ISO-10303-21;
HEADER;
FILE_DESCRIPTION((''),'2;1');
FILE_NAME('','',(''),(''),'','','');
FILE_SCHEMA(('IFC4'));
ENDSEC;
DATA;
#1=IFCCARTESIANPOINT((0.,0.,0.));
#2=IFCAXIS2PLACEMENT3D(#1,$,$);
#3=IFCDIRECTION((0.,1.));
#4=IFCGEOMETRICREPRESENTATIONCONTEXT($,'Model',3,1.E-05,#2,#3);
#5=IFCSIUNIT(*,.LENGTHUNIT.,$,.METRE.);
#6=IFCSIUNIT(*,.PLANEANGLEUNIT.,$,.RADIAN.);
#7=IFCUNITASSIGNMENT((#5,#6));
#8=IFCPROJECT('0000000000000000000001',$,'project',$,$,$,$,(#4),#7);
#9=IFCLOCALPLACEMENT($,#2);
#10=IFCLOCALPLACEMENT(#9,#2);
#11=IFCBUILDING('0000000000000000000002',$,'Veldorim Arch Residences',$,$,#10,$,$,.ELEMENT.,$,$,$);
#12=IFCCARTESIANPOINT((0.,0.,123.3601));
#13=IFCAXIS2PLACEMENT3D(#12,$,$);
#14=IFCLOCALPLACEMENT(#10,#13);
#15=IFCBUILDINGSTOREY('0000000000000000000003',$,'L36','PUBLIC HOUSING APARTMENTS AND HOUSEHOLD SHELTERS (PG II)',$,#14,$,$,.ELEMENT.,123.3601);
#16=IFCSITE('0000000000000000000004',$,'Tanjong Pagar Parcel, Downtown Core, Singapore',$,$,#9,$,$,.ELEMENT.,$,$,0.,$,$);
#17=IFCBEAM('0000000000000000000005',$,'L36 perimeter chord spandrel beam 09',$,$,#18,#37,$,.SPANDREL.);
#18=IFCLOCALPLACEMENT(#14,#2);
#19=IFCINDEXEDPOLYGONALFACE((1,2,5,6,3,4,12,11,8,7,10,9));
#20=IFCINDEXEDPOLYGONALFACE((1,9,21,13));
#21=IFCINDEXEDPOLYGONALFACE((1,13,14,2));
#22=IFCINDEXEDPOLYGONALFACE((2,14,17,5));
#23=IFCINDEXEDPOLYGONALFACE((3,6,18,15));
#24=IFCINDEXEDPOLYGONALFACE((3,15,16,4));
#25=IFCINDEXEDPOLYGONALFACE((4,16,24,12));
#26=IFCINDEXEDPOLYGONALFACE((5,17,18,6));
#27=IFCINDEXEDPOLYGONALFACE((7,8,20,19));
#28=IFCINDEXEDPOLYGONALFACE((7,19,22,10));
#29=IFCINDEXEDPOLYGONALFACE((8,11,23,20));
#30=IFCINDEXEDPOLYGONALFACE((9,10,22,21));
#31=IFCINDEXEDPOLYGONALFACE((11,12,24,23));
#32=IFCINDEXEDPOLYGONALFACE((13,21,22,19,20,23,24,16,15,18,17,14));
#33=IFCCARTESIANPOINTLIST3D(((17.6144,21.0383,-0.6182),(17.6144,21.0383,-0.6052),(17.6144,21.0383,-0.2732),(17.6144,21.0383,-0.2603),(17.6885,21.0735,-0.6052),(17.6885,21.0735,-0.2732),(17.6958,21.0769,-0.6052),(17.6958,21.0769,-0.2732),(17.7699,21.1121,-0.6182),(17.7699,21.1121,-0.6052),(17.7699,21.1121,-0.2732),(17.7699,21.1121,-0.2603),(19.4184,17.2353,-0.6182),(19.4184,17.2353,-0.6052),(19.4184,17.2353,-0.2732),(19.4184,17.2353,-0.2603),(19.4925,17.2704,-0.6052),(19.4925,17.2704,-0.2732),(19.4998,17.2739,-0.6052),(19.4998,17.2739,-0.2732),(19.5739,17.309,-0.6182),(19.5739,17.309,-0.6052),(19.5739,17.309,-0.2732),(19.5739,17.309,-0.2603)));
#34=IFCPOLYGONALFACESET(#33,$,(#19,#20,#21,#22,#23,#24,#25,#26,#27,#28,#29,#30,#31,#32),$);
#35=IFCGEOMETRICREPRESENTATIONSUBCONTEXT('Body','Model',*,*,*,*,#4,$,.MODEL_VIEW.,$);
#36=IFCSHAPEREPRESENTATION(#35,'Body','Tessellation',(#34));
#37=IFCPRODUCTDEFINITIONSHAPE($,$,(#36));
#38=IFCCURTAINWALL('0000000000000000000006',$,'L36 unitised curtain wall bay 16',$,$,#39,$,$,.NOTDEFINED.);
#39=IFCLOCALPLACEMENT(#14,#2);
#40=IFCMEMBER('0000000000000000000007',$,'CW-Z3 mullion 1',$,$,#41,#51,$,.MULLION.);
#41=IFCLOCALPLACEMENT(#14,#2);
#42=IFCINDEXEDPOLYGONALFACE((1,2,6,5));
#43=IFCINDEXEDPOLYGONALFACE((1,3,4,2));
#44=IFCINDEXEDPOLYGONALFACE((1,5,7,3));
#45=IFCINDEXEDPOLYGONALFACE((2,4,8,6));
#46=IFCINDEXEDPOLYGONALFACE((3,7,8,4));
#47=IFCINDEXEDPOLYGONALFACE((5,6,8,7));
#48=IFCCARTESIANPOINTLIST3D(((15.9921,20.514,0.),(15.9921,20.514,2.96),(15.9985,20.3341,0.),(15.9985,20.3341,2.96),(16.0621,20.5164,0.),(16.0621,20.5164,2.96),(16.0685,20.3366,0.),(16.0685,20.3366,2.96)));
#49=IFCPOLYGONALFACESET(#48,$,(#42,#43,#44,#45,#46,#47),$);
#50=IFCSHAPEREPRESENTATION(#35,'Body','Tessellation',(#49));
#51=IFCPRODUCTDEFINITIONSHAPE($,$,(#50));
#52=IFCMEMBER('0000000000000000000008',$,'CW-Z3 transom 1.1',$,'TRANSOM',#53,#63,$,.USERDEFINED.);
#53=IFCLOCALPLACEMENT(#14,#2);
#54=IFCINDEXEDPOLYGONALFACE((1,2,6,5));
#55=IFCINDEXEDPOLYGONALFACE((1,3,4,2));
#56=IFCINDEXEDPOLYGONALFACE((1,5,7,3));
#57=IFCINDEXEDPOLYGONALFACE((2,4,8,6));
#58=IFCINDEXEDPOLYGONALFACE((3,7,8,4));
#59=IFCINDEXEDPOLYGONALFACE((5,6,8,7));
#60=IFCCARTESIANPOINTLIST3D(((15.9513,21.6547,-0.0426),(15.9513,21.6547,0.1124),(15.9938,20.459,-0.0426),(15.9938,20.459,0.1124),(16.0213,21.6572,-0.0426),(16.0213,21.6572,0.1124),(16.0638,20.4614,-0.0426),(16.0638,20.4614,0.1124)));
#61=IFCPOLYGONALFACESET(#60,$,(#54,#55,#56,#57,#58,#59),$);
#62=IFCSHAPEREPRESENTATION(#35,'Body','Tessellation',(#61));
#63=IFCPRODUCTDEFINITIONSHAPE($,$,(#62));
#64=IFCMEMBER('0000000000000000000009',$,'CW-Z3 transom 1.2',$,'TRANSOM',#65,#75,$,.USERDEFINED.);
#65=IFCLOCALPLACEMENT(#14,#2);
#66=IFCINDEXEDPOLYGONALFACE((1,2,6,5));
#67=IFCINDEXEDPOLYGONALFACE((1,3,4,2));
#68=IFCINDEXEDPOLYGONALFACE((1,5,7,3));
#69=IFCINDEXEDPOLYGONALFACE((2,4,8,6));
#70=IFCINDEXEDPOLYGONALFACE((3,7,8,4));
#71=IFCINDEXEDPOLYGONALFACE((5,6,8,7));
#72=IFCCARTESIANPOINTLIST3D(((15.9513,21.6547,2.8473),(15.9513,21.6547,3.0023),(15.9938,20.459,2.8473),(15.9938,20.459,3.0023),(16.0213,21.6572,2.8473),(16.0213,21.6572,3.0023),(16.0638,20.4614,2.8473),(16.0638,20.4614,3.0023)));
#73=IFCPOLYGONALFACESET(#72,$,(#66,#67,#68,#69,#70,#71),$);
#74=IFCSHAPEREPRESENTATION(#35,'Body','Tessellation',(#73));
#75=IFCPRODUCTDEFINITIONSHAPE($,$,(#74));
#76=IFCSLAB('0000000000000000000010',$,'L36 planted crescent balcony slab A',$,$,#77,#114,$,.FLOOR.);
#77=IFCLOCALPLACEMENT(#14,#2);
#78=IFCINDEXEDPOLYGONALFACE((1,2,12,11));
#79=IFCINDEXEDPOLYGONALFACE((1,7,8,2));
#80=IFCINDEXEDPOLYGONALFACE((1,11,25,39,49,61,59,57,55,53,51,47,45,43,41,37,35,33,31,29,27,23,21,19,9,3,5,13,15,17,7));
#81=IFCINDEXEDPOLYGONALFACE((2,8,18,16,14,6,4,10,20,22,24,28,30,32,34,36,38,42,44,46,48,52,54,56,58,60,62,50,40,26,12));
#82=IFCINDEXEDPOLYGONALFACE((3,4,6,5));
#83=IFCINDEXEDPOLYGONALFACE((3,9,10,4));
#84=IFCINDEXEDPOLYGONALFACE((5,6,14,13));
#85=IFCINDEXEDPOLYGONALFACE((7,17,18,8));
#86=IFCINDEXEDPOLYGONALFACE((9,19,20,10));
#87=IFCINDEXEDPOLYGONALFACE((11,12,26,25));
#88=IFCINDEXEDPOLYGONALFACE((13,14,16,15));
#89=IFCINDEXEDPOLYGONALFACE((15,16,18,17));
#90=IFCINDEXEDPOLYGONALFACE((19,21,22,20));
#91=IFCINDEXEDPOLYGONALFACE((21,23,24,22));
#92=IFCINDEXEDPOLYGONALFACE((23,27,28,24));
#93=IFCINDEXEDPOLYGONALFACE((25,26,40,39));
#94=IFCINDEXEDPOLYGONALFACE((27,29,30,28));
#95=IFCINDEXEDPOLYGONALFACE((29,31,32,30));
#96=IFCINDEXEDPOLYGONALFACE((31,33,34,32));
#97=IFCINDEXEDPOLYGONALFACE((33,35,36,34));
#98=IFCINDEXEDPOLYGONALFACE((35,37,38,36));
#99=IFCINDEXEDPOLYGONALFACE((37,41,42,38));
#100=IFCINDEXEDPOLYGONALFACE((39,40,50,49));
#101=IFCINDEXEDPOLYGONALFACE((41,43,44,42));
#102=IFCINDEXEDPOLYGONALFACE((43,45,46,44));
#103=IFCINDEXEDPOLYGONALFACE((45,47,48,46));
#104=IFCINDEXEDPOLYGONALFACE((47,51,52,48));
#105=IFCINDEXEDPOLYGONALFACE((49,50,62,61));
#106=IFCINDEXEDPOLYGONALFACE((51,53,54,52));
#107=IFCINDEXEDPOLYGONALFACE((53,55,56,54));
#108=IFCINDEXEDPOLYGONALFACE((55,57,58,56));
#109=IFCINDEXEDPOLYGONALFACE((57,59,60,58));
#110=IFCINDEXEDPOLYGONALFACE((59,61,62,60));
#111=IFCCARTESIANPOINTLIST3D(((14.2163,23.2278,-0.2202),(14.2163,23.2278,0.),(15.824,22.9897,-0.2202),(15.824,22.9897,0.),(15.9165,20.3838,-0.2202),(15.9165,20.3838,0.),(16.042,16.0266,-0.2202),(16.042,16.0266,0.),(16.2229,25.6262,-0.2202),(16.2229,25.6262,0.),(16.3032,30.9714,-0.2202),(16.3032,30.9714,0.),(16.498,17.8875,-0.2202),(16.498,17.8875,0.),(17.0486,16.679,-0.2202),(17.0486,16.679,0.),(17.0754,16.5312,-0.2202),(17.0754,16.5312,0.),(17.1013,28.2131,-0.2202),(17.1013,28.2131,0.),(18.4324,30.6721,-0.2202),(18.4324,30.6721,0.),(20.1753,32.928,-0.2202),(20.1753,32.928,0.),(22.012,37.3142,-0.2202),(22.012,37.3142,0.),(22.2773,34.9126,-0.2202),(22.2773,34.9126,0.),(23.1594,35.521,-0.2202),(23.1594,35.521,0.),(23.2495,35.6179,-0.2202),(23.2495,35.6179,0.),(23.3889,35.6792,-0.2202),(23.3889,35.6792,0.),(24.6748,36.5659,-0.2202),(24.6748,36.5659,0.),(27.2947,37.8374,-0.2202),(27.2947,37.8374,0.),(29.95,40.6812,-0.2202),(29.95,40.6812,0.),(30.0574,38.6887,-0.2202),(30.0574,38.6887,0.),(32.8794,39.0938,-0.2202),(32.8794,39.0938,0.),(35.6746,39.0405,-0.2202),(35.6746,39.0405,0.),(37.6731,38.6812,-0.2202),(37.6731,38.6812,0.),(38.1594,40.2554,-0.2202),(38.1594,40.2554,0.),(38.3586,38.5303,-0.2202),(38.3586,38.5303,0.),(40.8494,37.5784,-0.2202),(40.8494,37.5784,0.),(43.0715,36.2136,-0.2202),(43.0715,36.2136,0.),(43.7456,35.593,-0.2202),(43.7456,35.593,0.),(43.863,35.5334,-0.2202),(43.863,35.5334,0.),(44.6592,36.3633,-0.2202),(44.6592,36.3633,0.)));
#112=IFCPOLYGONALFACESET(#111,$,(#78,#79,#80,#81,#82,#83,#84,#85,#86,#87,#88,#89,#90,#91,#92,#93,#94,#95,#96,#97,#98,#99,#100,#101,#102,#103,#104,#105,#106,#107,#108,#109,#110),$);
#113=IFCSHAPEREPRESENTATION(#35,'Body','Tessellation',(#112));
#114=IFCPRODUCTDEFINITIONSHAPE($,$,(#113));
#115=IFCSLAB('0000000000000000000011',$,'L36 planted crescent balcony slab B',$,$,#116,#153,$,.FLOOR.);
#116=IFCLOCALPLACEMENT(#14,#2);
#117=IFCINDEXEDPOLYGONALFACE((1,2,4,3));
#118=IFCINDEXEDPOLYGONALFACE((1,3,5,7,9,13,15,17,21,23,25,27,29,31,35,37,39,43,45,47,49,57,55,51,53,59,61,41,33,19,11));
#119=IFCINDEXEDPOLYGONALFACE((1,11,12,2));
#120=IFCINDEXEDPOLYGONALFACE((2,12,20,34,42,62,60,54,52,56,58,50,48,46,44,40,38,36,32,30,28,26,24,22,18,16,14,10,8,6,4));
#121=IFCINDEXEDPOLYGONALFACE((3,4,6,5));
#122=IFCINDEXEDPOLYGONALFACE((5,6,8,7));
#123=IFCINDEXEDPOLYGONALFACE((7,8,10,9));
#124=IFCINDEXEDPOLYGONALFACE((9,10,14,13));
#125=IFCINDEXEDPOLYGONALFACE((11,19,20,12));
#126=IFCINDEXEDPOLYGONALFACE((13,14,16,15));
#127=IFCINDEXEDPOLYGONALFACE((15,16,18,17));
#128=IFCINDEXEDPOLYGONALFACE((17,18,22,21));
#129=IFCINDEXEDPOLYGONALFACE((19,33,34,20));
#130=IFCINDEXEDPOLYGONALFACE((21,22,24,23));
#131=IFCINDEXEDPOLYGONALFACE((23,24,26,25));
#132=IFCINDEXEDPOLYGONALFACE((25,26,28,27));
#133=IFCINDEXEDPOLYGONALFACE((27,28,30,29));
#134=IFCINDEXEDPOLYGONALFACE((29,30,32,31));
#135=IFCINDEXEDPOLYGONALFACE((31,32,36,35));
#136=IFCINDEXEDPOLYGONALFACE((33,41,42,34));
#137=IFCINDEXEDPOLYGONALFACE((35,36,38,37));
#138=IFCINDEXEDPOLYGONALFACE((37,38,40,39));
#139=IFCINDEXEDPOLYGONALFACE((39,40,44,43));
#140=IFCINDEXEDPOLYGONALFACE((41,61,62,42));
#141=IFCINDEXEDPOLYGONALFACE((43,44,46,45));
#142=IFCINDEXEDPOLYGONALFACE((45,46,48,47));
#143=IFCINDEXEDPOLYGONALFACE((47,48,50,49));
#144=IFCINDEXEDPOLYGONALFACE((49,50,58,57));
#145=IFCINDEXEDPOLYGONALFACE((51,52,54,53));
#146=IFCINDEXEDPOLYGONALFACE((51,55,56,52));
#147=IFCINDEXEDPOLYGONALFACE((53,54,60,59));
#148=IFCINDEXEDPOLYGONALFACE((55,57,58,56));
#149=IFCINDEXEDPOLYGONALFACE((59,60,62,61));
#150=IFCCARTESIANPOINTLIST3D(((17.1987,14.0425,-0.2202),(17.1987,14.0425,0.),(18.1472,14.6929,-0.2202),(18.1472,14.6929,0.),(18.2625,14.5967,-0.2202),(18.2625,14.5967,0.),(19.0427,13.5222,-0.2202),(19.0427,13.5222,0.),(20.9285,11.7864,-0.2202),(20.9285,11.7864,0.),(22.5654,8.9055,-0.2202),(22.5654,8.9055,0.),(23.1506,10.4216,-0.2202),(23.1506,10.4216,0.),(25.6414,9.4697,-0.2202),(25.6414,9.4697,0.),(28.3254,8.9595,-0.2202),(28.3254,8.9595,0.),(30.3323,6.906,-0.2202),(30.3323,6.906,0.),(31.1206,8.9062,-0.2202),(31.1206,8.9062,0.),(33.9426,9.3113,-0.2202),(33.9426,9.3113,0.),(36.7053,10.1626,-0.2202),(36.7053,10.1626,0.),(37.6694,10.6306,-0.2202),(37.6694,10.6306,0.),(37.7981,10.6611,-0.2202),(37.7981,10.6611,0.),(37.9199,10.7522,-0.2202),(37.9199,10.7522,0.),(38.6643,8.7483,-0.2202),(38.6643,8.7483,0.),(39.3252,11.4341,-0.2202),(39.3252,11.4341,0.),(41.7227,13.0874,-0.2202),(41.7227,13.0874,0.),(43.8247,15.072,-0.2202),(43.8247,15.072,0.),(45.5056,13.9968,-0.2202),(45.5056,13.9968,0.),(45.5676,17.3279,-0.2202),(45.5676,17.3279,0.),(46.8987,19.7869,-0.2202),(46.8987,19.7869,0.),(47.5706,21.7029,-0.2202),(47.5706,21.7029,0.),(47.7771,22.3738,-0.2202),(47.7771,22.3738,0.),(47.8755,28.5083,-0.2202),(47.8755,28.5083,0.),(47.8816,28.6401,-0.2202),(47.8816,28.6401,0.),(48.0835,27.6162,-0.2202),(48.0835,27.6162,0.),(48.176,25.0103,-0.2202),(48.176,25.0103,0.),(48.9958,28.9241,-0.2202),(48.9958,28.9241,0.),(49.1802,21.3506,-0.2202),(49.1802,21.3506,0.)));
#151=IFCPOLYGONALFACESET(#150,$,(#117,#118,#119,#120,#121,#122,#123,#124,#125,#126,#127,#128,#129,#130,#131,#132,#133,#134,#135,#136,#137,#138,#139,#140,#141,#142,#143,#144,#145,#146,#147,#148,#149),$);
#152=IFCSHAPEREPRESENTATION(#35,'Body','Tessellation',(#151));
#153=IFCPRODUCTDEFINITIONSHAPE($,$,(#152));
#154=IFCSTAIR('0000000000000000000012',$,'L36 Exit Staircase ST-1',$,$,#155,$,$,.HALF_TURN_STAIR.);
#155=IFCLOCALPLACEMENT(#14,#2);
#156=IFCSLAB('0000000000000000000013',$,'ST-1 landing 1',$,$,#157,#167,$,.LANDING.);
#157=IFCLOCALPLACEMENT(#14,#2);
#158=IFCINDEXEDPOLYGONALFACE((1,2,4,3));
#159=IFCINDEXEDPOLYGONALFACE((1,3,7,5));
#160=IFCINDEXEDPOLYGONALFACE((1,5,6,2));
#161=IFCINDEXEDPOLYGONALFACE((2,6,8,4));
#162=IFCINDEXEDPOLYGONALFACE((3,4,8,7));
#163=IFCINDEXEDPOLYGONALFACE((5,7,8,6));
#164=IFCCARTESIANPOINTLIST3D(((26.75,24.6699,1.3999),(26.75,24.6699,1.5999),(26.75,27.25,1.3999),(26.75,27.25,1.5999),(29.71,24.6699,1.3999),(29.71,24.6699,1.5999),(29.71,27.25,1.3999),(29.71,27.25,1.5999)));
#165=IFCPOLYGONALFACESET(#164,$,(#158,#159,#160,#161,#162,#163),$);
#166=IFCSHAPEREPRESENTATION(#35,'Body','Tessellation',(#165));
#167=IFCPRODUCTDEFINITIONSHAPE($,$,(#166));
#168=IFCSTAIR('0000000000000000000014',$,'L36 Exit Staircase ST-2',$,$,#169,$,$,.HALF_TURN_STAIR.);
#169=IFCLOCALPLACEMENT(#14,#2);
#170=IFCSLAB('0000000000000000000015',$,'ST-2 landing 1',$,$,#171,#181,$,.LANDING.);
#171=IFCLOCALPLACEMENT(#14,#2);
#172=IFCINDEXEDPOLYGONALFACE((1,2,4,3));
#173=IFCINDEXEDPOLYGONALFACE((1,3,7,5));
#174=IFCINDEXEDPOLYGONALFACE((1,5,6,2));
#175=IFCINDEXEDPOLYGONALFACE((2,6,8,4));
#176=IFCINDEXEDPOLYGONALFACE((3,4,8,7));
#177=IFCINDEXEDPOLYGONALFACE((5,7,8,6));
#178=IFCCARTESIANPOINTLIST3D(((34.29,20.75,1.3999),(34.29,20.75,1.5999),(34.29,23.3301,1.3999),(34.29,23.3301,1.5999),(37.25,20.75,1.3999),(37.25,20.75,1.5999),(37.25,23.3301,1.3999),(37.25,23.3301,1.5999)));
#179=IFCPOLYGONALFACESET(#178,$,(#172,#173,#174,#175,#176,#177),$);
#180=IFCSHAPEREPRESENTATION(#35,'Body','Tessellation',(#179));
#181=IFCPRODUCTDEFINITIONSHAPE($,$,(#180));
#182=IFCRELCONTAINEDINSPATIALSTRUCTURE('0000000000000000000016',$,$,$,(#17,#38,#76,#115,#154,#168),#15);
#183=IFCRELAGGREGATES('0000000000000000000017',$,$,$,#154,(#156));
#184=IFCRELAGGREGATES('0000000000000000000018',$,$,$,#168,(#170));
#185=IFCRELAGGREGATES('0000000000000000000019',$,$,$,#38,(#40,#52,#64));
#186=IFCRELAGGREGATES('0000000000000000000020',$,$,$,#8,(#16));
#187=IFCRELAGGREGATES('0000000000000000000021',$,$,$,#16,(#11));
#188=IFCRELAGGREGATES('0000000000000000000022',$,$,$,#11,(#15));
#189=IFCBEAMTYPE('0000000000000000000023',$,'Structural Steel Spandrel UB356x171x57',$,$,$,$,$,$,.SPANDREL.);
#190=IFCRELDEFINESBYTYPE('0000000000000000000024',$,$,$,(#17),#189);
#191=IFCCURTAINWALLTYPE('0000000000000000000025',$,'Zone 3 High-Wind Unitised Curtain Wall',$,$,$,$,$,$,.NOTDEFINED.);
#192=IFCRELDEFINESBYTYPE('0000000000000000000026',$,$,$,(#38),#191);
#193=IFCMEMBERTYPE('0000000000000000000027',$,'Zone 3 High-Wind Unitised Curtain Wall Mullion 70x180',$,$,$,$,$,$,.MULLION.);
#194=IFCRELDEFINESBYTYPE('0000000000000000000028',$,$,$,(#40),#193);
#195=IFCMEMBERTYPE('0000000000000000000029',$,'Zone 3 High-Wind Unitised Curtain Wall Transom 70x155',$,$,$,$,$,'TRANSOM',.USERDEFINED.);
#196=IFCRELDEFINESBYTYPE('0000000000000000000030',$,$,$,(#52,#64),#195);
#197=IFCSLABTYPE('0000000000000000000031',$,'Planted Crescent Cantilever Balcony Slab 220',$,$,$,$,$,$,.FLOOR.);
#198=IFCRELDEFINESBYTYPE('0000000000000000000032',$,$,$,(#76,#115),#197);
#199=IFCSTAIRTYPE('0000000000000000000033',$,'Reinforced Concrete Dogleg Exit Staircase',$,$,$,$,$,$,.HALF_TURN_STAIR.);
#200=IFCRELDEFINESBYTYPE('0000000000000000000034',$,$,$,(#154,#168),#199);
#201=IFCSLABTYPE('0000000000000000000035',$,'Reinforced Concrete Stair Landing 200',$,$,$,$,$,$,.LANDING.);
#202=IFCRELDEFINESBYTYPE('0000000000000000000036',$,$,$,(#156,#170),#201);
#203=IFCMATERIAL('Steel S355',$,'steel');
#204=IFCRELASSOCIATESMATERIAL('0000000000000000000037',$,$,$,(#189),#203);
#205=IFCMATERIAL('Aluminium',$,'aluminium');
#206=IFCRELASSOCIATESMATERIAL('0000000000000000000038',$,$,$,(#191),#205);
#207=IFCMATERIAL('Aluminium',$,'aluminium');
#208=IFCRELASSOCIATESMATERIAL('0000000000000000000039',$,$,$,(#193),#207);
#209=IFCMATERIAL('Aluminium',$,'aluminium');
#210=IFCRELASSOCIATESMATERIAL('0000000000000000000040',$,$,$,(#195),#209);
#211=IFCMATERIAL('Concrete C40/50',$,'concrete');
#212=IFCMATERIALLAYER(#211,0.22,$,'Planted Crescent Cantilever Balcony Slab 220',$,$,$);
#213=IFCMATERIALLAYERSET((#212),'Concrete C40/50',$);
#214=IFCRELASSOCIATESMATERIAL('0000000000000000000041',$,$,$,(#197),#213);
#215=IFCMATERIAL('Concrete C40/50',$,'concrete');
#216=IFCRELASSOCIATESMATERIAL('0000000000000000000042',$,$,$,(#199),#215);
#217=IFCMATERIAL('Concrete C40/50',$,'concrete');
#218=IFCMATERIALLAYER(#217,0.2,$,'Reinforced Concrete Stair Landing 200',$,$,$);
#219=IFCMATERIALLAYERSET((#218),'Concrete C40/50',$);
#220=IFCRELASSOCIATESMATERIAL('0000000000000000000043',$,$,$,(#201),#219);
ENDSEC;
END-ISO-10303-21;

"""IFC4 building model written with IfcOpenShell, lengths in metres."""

from ifc_helpers import new_model, si_unit, direction, frame, origin, origin_2d, place, context, subcontext, project, spatial, polyline, rectangle, i_section, outline, extrude, material, layer, layer_set, material_profile, profile_set, type_object, element, aggregate, save


model = new_model("IFC4")

# Units and contexts
model_context = context("Model", 3, precision=1e-05, world=origin(), true_north=direction((0.0, 1.0)))
body_context = subcontext(model_context, "Body", "Model", "MODEL_VIEW")
ifc_project = project(units=[si_unit("LENGTHUNIT", "METRE"), si_unit("PLANEANGLEUNIT", "RADIAN")], contexts=[model_context])

# Site, building, storey
site_placement = place(None, origin())
site = spatial("IfcSite", under=ifc_project, at=site_placement, Name="Tanjong Pagar Parcel, Downtown Core, Singapore", CompositionType="ELEMENT", RefElevation=0.0)
building_placement = place(site_placement, origin())
building = spatial("IfcBuilding", under=site, at=building_placement, Name="Veldorim Arch Residences", CompositionType="ELEMENT")
storey_placement = place(building_placement, frame((0.0, 0.0, 123.3601)))
storey = spatial("IfcBuildingStorey", under=building, at=storey_placement, Name="L36", Description="PUBLIC HOUSING APARTMENTS AND HOUSEHOLD SHELTERS (PG II)", CompositionType="ELEMENT", Elevation=123.3601)

# Beam
ifc_material_1 = material(Name="Steel S355", Category="steel")
ifc_material_profile_1 = material_profile(ifc_material_1, i_section(OverallWidth=0.1721, OverallDepth=0.3579, WebThickness=0.0081, FlangeThickness=0.0129, at=origin_2d()), Name="UB356x171x57")
ifc_profile_set_1 = profile_set([ifc_material_profile_1], Name="Steel S355")
beam_type = type_object("IfcBeamType", Name="Structural Steel Spandrel UB356x171x57", PredefinedType="SPANDREL", material=ifc_profile_set_1)
beam_placement = place(storey_placement, frame((17.6921, 21.0752, -0.4392), z_axis=(0.42858, -0.903504, 0.0), x_axis=(0.903504, 0.42858, 0.0)))
element("IfcBeam", 1, at=beam_placement, inside=storey, type_object=beam_type, Name="L36 perimeter chord spandrel beam 09", PredefinedType="SPANDREL", context=body_context, shape_type="SweptSolid", body=[
    extrude(i_section(OverallWidth=0.1721, OverallDepth=0.3579, WebThickness=0.0081, FlangeThickness=0.0129, at=origin_2d()), origin(), (0.0, 0.0, 1.0), 4.2092),
])

# Curtain wall, members
ifc_material_2 = material(Name="Aluminium", Category="aluminium")
curtain_wall_type = type_object("IfcCurtainWallType", Name="Zone 3 High-Wind Unitised Curtain Wall", PredefinedType="NOTDEFINED", material=ifc_material_2)
curtain_wall_placement = place(storey_placement, origin())
curtain_wall = element("IfcCurtainWall", 2, at=curtain_wall_placement, inside=storey, type_object=curtain_wall_type, Name="L36 unitised curtain wall bay 16", PredefinedType="NOTDEFINED")
ifc_material_3 = material(Name="Aluminium", Category="aluminium")
ifc_material_profile_2 = material_profile(ifc_material_3, rectangle(XDim=0.0701, YDim=0.1799, at=origin_2d()), Name="ALU_MUL_70x180")
ifc_profile_set_2 = profile_set([ifc_material_profile_2], Name="Aluminium")
member_type_1 = type_object("IfcMemberType", Name="Zone 3 High-Wind Unitised Curtain Wall Mullion 70x180", PredefinedType="MULLION", material=ifc_profile_set_2)
member_1_placement = place(storey_placement, frame((16.0303, 20.4253, 0.0), z_axis=(0.0, 0.0, 1.0), x_axis=(-0.99937, -0.035498, 0.0)))
member_1 = element("IfcMember", 3, at=member_1_placement, type_object=member_type_1, Name="CW-Z3 mullion 1", PredefinedType="MULLION", context=body_context, shape_type="SweptSolid", body=[
    extrude(rectangle(XDim=0.0701, YDim=0.1799, at=origin_2d()), origin(), (0.0, 0.0, 1.0), 2.96),
])
ifc_material_4 = material(Name="Aluminium", Category="aluminium")
ifc_material_profile_3 = material_profile(ifc_material_4, rectangle(XDim=0.0701, YDim=0.155, at=origin_2d()), Name="ALU_TRN_70x155")
ifc_profile_set_3 = profile_set([ifc_material_profile_3], Name="Aluminium")
member_type_2 = type_object("IfcMemberType", Name="Zone 3 High-Wind Unitised Curtain Wall Transom 70x155", ElementType="TRANSOM", PredefinedType="USERDEFINED", material=ifc_profile_set_3)
member_2_placement = place(storey_placement, frame((16.0288, 20.4602, 0.0349), z_axis=(-0.035502, 0.99937, 0.0), x_axis=(-0.99937, -0.035502, 0.0)))
member_2 = element("IfcMember", 4, at=member_2_placement, type_object=member_type_2, Name="CW-Z3 transom 1.1", ObjectType="TRANSOM", PredefinedType="USERDEFINED", context=body_context, shape_type="SweptSolid", body=[
    extrude(rectangle(XDim=0.0701, YDim=0.155, at=origin_2d()), origin(), (0.0, 0.0, 1.0), 1.1965),
])
member_3_placement = place(storey_placement, frame((16.0288, 20.4602, 2.9248), z_axis=(-0.035502, 0.99937, 0.0), x_axis=(-0.99937, -0.035502, 0.0)))
member_3 = element("IfcMember", 5, at=member_3_placement, type_object=member_type_2, Name="CW-Z3 transom 1.2", ObjectType="TRANSOM", PredefinedType="USERDEFINED", context=body_context, shape_type="SweptSolid", body=[
    extrude(rectangle(XDim=0.0701, YDim=0.155, at=origin_2d()), origin(), (0.0, 0.0, 1.0), 1.1965),
])

# Slabs
ifc_material_5 = material(Name="Concrete C40/50", Category="concrete")
ifc_layer_1 = layer(ifc_material_5, 0.22, Name="Planted Crescent Cantilever Balcony Slab 220")
ifc_layer_set_1 = layer_set([ifc_layer_1], Name="Concrete C40/50")
slab_type_1 = type_object("IfcSlabType", Name="Planted Crescent Cantilever Balcony Slab 220", PredefinedType="FLOOR", material=ifc_layer_set_1)
slab_1_placement = place(storey_placement, frame((0.0, 0.0, -0.2202)))
element("IfcSlab", 6, at=slab_1_placement, inside=storey, type_object=slab_type_1, Name="L36 planted crescent balcony slab A", PredefinedType="FLOOR", context=body_context, shape_type="SweptSolid", body=[
    extrude(outline(polyline([(43.7456, 35.593), (43.0715, 36.2136), (40.8494, 37.5784), (38.3586, 38.5303), (37.6731, 38.6812), (35.6746, 39.0405), (32.8794, 39.0938), (30.0574, 38.6887), (27.2947, 37.8374), (24.6748, 36.5659), (23.3889, 35.6792), (23.2495, 35.6179), (23.1594, 35.521), (22.2773, 34.9126), (20.1753, 32.928), (18.4324, 30.6721), (17.1013, 28.2131), (16.2229, 25.6262), (15.824, 22.9897), (15.9165, 20.3838), (16.498, 17.8875), (17.0486, 16.679), (17.0754, 16.5312), (16.042, 16.0266), (14.2163, 23.2278), (16.3032, 30.9714), (22.012, 37.3142), (29.95, 40.6812), (38.1594, 40.2554), (44.6592, 36.3633), (43.863, 35.5334), (43.7456, 35.593)])), origin(), (0.0, 0.0, 1.0), 0.2202),
])
slab_2_placement = place(storey_placement, frame((0.0, 0.0, -0.2202)))
element("IfcSlab", 7, at=slab_2_placement, inside=storey, type_object=slab_type_1, Name="L36 planted crescent balcony slab B", PredefinedType="FLOOR", context=body_context, shape_type="SweptSolid", body=[
    extrude(outline(polyline([(18.2625, 14.5967), (19.0427, 13.5222), (20.9285, 11.7864), (23.1506, 10.4216), (25.6414, 9.4697), (28.3254, 8.9595), (31.1206, 8.9062), (33.9426, 9.3113), (36.7053, 10.1626), (37.6694, 10.6306), (37.7981, 10.6611), (37.9199, 10.7522), (39.3252, 11.4341), (41.7227, 13.0874), (43.8247, 15.072), (45.5676, 17.3279), (46.8987, 19.7869), (47.5706, 21.7029), (47.7771, 22.3738), (48.176, 25.0103), (48.0835, 27.6162), (47.8755, 28.5083), (47.8816, 28.6401), (48.9958, 28.9241), (49.1802, 21.3506), (45.5056, 13.9968), (38.6643, 8.7483), (30.3323, 6.906), (22.5654, 8.9055), (17.1987, 14.0425), (18.1472, 14.6929), (18.2625, 14.5967)])), origin(), (0.0, 0.0, 1.0), 0.2202),
])

# Stairs, slabs
ifc_material_6 = material(Name="Concrete C40/50", Category="concrete")
stair_type = type_object("IfcStairType", Name="Reinforced Concrete Dogleg Exit Staircase", PredefinedType="HALF_TURN_STAIR", material=ifc_material_6)
stair_1_placement = place(storey_placement, origin())
stair_1 = element("IfcStair", 8, at=stair_1_placement, inside=storey, type_object=stair_type, Name="L36 Exit Staircase ST-1", PredefinedType="HALF_TURN_STAIR")
ifc_material_7 = material(Name="Concrete C40/50", Category="concrete")
ifc_layer_2 = layer(ifc_material_7, 0.2, Name="Reinforced Concrete Stair Landing 200")
ifc_layer_set_2 = layer_set([ifc_layer_2], Name="Concrete C40/50")
slab_type_2 = type_object("IfcSlabType", Name="Reinforced Concrete Stair Landing 200", PredefinedType="LANDING", material=ifc_layer_set_2)
slab_3_placement = place(storey_placement, frame((0.0, 0.0, 1.3999)))
slab_3 = element("IfcSlab", 9, at=slab_3_placement, type_object=slab_type_2, Name="ST-1 landing 1", PredefinedType="LANDING", context=body_context, shape_type="SweptSolid", body=[
    extrude(outline(polyline([(29.71, 24.6699), (29.71, 27.25), (26.75, 27.25), (26.75, 24.6699), (29.71, 24.6699)])), origin(), (0.0, 0.0, 1.0), 0.2),
])
aggregate(stair_1, [slab_3])
stair_2_placement = place(storey_placement, origin())
stair_2 = element("IfcStair", 10, at=stair_2_placement, inside=storey, type_object=stair_type, Name="L36 Exit Staircase ST-2", PredefinedType="HALF_TURN_STAIR")
slab_4_placement = place(storey_placement, frame((0.0, 0.0, 1.3999)))
slab_4 = element("IfcSlab", 11, at=slab_4_placement, type_object=slab_type_2, Name="ST-2 landing 1", PredefinedType="LANDING", context=body_context, shape_type="SweptSolid", body=[
    extrude(outline(polyline([(34.29, 23.3301), (34.29, 20.75), (37.25, 20.75), (37.25, 23.3301), (34.29, 23.3301)])), origin(), (0.0, 0.0, 1.0), 0.2),
])
aggregate(stair_2, [slab_4])

aggregate(curtain_wall, [member_1, member_2, member_3])

save(model, "model.ifc")
